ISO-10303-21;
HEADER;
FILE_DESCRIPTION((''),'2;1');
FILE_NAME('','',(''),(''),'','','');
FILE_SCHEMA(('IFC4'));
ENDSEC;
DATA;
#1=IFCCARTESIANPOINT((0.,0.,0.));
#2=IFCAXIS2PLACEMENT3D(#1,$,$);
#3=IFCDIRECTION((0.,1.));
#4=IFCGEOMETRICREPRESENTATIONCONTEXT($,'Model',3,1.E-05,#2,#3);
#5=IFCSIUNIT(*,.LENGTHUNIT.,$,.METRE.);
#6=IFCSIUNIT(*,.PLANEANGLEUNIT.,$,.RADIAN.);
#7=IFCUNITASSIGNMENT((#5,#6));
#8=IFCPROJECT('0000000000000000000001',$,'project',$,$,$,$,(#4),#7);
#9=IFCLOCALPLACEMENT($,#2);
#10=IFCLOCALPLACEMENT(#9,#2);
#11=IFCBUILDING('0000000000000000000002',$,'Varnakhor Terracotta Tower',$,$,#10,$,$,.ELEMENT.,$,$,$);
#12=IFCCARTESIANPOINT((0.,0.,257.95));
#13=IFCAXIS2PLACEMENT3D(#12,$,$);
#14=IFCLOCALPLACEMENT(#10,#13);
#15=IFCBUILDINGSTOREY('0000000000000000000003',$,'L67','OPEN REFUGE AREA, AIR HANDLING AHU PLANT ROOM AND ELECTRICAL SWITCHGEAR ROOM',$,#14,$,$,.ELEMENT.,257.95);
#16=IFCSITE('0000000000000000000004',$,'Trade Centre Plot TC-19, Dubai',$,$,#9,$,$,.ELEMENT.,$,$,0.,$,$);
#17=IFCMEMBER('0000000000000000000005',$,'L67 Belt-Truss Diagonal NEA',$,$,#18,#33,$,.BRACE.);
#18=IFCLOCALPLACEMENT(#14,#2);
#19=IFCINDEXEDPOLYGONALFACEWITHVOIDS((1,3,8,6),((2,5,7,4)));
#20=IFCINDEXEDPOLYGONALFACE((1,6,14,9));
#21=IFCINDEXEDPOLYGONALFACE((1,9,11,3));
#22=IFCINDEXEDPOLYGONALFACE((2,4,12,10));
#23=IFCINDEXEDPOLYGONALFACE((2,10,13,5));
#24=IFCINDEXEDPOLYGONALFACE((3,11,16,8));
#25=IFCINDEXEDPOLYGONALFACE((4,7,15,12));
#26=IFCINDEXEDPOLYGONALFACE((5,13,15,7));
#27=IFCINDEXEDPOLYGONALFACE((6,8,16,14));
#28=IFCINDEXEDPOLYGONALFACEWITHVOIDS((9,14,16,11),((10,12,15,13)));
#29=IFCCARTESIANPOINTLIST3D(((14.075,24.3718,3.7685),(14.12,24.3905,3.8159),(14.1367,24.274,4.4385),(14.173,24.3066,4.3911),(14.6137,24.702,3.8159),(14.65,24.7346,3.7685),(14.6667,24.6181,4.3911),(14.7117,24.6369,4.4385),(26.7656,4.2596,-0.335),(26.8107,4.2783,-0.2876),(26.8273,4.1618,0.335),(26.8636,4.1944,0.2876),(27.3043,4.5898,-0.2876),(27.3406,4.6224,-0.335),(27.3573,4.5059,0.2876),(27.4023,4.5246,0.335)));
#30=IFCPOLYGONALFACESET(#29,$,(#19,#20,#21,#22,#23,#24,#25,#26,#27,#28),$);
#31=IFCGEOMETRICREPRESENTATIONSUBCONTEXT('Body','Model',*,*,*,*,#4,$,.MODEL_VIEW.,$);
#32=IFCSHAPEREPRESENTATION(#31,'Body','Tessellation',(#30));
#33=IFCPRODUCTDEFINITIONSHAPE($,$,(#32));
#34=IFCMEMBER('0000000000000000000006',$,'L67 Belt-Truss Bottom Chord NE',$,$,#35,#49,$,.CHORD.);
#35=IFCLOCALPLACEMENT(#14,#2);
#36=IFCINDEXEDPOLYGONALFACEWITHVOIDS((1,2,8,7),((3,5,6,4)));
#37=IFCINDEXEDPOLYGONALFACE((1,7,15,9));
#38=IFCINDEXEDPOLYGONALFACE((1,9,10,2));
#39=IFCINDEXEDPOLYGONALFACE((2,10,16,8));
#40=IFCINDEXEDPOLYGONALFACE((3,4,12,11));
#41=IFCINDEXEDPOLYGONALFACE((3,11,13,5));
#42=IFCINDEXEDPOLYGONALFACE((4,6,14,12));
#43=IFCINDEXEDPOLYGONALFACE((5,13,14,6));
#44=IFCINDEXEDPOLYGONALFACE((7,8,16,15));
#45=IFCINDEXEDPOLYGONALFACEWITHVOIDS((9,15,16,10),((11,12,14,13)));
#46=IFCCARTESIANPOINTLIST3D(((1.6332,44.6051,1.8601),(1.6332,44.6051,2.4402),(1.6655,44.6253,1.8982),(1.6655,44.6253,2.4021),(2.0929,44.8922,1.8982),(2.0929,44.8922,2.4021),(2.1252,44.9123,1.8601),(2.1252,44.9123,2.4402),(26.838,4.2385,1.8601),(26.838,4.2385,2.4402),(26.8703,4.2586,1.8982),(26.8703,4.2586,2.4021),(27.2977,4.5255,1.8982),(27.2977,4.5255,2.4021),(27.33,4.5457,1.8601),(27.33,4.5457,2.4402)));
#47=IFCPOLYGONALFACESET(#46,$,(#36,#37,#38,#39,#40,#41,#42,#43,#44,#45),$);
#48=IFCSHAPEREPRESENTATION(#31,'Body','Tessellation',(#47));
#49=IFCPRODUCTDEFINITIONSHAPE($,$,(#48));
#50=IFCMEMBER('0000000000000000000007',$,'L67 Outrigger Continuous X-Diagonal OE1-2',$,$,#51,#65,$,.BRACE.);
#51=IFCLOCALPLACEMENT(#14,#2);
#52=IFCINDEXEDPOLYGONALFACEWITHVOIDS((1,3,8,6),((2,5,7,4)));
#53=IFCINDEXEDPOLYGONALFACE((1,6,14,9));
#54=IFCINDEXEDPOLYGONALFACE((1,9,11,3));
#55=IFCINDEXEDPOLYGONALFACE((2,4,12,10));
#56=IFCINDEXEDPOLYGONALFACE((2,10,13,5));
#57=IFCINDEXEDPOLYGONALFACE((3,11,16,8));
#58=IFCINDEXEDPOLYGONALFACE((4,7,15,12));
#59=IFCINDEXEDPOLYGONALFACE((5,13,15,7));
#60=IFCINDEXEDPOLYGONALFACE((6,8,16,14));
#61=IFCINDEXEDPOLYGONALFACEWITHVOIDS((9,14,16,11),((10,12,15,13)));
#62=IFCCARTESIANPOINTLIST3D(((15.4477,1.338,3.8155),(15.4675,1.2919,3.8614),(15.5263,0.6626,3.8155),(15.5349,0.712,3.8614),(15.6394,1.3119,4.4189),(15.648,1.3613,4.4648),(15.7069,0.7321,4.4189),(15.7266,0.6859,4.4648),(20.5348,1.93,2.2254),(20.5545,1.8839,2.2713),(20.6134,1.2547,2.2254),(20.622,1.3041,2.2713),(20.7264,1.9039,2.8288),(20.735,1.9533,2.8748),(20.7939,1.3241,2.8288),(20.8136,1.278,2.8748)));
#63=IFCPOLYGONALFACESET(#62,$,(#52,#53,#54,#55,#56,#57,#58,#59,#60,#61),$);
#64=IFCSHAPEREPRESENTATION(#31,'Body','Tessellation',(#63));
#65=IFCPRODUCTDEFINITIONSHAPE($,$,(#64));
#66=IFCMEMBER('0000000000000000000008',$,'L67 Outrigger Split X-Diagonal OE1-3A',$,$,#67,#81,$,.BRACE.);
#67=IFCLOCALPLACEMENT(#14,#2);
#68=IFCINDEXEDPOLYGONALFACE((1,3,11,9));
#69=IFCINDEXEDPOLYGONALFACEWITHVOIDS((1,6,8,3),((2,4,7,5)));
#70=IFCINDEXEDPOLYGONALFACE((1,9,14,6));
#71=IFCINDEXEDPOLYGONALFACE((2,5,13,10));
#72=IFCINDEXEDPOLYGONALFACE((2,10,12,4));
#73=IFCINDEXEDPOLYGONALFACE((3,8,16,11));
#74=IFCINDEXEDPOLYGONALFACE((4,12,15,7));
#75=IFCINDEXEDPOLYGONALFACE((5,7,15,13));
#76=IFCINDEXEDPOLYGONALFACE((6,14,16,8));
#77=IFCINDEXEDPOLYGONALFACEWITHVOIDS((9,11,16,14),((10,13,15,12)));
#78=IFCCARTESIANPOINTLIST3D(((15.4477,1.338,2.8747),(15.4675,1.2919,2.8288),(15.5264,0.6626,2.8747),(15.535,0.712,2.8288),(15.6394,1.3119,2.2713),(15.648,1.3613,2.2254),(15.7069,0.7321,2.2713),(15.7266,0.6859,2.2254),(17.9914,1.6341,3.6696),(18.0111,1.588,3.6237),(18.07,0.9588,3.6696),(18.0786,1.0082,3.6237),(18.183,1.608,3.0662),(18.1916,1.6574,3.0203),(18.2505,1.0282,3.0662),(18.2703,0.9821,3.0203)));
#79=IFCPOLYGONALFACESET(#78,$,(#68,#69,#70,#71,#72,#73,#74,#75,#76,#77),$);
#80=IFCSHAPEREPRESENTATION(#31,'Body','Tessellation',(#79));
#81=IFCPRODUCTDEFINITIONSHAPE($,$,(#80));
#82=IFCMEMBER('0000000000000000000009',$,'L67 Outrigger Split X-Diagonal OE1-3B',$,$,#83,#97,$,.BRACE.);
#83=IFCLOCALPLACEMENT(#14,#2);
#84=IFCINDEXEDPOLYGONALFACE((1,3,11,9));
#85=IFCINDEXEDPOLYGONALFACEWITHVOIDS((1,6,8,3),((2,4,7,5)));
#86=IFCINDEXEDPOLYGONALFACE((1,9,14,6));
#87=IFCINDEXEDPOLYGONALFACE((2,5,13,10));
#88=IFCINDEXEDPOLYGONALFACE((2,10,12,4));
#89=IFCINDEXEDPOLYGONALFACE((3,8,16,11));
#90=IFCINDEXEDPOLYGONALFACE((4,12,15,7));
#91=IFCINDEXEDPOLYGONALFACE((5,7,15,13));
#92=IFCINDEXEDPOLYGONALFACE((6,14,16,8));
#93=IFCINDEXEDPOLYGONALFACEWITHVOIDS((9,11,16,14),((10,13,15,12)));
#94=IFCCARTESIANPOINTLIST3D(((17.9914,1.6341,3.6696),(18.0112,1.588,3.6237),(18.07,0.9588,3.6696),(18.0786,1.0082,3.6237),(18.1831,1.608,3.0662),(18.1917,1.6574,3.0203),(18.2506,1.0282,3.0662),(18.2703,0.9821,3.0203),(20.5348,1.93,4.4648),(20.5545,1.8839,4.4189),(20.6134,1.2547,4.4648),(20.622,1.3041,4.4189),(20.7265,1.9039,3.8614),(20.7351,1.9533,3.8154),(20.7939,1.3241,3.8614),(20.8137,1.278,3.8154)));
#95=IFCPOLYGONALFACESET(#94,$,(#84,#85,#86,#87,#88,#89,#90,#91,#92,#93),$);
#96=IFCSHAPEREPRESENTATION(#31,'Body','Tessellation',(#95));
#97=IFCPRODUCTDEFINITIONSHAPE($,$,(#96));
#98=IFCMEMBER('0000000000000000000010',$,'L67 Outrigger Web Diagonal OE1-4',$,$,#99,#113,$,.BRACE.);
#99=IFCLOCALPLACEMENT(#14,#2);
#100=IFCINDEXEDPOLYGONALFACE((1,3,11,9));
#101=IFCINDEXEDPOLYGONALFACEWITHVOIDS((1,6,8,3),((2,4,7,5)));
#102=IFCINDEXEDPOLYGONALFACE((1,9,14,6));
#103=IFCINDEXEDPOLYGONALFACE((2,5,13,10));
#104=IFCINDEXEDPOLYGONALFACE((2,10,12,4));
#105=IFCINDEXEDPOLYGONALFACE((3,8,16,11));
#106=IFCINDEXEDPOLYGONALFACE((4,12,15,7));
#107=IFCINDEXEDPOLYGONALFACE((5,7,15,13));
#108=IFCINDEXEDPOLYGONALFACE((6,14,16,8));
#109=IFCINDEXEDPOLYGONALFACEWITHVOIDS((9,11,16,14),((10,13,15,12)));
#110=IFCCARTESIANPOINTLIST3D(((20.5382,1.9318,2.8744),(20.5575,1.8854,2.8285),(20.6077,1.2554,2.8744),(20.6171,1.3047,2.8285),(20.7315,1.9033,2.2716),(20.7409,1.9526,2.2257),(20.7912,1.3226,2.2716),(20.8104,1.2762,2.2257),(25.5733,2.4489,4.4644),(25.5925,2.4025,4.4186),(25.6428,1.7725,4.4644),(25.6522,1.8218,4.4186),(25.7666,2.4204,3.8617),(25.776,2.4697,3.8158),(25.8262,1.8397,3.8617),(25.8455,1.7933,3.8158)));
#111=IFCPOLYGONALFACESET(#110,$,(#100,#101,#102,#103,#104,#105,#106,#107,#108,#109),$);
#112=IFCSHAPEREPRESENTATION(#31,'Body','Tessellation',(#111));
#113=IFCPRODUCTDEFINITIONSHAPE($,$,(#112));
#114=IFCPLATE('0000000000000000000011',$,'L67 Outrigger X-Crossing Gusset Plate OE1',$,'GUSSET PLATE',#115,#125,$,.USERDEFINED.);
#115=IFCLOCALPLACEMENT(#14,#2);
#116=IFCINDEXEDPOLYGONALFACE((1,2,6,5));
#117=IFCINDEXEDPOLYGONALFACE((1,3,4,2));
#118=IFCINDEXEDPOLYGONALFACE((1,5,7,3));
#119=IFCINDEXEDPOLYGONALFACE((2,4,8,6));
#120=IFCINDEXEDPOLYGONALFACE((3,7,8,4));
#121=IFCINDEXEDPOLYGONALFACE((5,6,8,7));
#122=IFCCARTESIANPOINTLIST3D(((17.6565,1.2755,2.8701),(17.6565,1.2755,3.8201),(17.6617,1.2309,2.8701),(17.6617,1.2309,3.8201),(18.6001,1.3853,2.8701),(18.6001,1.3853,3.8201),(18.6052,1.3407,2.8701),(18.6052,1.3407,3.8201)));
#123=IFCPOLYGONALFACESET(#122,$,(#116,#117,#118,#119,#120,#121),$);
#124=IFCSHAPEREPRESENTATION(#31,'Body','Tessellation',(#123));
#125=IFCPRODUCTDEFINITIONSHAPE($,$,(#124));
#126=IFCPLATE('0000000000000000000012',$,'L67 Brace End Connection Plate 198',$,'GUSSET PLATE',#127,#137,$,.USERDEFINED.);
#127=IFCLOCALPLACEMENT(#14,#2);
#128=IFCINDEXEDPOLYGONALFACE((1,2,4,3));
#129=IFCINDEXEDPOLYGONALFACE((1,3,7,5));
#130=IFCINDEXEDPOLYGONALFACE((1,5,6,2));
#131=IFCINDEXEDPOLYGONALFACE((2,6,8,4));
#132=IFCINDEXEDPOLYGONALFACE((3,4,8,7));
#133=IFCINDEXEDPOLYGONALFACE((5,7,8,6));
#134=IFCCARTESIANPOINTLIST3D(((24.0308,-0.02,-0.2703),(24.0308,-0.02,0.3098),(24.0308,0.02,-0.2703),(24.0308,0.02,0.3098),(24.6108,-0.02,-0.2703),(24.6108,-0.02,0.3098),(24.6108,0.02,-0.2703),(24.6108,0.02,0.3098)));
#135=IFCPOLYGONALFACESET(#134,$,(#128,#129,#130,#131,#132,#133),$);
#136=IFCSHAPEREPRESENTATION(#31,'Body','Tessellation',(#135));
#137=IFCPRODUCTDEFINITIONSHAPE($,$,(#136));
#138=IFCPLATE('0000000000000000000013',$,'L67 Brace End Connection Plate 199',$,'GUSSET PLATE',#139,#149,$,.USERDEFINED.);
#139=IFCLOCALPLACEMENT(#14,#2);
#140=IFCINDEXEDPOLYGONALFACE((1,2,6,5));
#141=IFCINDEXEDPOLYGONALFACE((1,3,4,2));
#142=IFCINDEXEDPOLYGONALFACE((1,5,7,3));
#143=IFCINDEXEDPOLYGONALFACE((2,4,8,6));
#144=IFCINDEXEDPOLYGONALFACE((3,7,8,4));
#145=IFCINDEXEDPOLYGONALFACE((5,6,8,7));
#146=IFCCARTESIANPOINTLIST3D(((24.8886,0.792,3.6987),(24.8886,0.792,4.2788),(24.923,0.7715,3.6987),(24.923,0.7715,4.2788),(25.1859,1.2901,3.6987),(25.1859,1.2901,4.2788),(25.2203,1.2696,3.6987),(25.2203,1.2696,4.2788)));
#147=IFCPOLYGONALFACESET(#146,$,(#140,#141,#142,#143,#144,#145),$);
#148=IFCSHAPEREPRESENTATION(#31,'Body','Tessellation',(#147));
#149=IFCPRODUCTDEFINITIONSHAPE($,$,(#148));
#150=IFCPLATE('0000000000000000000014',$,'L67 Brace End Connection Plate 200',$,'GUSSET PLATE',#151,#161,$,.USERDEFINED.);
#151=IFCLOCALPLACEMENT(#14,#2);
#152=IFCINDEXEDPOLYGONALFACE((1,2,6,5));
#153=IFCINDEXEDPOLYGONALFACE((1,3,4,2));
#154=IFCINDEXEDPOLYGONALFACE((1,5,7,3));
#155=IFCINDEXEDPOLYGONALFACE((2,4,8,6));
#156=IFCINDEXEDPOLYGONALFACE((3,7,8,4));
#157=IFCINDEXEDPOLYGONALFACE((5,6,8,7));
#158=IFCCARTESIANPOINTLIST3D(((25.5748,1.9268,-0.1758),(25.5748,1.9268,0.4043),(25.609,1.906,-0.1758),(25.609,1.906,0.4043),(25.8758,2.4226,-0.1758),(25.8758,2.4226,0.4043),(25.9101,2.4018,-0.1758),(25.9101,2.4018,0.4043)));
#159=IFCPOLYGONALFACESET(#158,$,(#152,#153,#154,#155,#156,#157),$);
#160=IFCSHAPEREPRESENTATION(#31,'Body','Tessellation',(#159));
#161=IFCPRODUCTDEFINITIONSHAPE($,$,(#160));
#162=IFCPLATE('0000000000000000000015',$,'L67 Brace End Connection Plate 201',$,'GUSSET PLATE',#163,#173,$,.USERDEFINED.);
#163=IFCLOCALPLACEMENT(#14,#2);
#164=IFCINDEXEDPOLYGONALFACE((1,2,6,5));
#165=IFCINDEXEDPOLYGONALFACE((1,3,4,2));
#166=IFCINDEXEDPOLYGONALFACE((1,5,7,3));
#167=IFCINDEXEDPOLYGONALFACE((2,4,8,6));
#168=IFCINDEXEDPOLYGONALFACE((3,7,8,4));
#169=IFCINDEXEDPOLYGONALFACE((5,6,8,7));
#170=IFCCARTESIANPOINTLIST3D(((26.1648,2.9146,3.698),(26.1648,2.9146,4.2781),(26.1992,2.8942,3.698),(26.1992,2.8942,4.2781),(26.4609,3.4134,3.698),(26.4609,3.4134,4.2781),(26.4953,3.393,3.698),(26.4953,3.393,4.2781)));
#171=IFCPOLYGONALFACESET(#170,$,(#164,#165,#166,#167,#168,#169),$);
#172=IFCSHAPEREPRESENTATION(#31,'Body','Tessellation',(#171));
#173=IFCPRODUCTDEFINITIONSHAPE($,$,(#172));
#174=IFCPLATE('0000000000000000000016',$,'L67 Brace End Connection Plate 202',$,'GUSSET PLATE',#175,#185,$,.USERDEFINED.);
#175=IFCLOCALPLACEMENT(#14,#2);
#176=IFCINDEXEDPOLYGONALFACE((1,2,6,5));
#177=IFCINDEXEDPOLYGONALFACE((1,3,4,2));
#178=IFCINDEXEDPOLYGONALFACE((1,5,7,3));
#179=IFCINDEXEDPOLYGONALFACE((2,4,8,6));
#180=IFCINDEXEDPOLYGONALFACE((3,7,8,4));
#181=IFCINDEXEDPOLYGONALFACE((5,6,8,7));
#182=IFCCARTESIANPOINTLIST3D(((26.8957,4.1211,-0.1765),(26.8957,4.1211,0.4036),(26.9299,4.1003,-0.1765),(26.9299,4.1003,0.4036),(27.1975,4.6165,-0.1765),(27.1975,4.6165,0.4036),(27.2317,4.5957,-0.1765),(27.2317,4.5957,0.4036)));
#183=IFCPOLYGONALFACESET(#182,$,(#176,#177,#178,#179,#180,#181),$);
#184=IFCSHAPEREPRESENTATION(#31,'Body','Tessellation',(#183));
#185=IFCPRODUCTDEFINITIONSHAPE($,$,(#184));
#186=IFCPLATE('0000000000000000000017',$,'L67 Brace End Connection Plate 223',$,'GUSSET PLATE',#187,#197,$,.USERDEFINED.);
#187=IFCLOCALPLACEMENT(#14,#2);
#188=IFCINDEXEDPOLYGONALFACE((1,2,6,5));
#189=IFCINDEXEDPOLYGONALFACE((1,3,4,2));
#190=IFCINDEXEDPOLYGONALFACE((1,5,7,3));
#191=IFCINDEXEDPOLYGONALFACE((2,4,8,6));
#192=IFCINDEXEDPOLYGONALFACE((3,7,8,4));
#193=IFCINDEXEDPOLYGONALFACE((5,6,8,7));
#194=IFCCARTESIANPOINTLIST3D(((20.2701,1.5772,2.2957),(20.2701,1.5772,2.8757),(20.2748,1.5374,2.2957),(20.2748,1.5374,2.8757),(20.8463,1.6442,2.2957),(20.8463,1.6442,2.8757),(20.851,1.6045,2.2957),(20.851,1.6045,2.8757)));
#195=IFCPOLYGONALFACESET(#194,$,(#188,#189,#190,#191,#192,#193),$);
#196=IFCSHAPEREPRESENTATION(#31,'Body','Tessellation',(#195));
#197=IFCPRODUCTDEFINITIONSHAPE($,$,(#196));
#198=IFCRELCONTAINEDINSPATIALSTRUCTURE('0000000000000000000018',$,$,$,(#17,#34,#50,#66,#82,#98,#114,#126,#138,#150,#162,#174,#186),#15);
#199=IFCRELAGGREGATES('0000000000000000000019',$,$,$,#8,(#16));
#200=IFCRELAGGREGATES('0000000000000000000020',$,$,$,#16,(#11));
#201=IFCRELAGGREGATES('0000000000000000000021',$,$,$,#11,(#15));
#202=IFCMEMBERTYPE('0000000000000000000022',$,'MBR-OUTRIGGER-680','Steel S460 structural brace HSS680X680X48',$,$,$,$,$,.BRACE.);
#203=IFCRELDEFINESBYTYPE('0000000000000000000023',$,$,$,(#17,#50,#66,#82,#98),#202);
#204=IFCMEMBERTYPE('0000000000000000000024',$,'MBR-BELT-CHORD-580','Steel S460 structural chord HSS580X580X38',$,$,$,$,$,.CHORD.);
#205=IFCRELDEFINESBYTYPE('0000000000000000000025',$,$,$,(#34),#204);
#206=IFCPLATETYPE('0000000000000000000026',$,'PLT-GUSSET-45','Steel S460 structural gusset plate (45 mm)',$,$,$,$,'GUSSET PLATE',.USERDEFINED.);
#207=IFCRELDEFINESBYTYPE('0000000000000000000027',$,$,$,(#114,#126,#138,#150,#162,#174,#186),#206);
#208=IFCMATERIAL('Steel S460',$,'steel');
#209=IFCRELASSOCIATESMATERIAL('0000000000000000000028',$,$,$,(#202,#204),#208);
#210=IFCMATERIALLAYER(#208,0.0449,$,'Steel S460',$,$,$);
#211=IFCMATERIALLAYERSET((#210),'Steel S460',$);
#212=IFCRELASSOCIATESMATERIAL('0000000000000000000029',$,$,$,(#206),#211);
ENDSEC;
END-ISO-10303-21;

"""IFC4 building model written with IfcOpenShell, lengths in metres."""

from ifc_helpers import new_model, si_unit, direction, frame, origin, origin_2d, place, context, subcontext, project, spatial, rectangle, hollow_rectangle, extrude, source, transform, mapped, material, layer, layer_set, material_profile, profile_set, type_object, type_shapes, element, save


model = new_model("IFC4")

# Units and contexts
model_context = context("Model", 3, precision=1e-05, world=origin(), true_north=direction((0.0, 1.0)))
body_context = subcontext(model_context, "Body", "Model", "MODEL_VIEW")
ifc_project = project(units=[si_unit("LENGTHUNIT", "METRE"), si_unit("PLANEANGLEUNIT", "RADIAN")], contexts=[model_context])

# Site, building, storey
site_placement = place(None, origin())
site = spatial("IfcSite", under=ifc_project, at=site_placement, Name="Trade Centre Plot TC-19, Dubai", CompositionType="ELEMENT", RefElevation=0.0)
building_placement = place(site_placement, origin())
building = spatial("IfcBuilding", under=site, at=building_placement, Name="Varnakhor Terracotta Tower", CompositionType="ELEMENT")
storey_placement = place(building_placement, frame((0.0, 0.0, 257.95)))
storey = spatial("IfcBuildingStorey", under=building, at=storey_placement, Name="L67", Description="OPEN REFUGE AREA, AIR HANDLING AHU PLANT ROOM AND ELECTRICAL SWITCHGEAR ROOM", CompositionType="ELEMENT", Elevation=257.95)

# Shared definitions
ifc_material_1 = material(Name="Steel S460", Category="steel")

# Members
ifc_material_profile_1 = material_profile(ifc_material_1, hollow_rectangle(XDim=0.6799, YDim=0.6799, WallThickness=0.0481, at=origin_2d()), Name="HSS680X680X48")
ifc_profile_set_1 = profile_set([ifc_material_profile_1], Name="Steel S460")
member_type_1 = type_object("IfcMemberType", Name="MBR-OUTRIGGER-680", Description="Steel S460 structural brace HSS680X680X48", PredefinedType="BRACE", material=ifc_profile_set_1)
ifc_material_profile_2 = material_profile(ifc_material_1, hollow_rectangle(XDim=0.5801, YDim=0.5801, WallThickness=0.0381, at=origin_2d()), Name="HSS580X580X38")
ifc_profile_set_2 = profile_set([ifc_material_profile_2], Name="Steel S460")
member_type_2 = type_object("IfcMemberType", Name="MBR-BELT-CHORD-580", Description="Steel S460 structural chord HSS580X580X38", PredefinedType="CHORD", material=ifc_profile_set_2)
shared_shape_1 = source(origin(), body_context, "Body", "SweptSolid", [
    extrude(hollow_rectangle(XDim=0.6799, YDim=0.6799, WallThickness=0.0481, at=origin_2d()), origin(), (0.0, 0.0, 1.0), 24.1328),
])
member_1_placement = place(storey_placement, frame((27.084, 4.3921, 0.0), z_axis=(-0.525866, 0.833398, 0.170038), x_axis=(-0.845714, -0.533637, 0.0)))
element("IfcMember", 1, at=member_1_placement, inside=storey, type_object=member_type_1, Name="L67 Belt-Truss Diagonal NEA", PredefinedType="BRACE", context=body_context, shape_type="MappedRepresentation", body=[
    mapped(shared_shape_1, transform((0.0, 0.0, 0.0), scale=1.0)),
])
shared_shape_2 = source(origin(), body_context, "Body", "SweptSolid", [
    extrude(hollow_rectangle(XDim=0.5801, YDim=0.5801, WallThickness=0.0381, at=origin_2d()), origin(), (0.0, 0.0, 1.0), 47.5894),
])
member_2_placement = place(storey_placement, frame((27.084, 4.3921, 2.1501), z_axis=(-0.529631, 0.848228, 0.0), x_axis=(-0.848228, -0.529631, 0.0)))
element("IfcMember", 2, at=member_2_placement, inside=storey, type_object=member_type_2, Name="L67 Belt-Truss Bottom Chord NE", PredefinedType="CHORD", context=body_context, shape_type="MappedRepresentation", body=[
    mapped(shared_shape_2, transform((0.0, 0.0, 0.0), scale=1.0)),
])
shared_shape_3 = source(origin(), body_context, "Body", "SweptSolid", [
    extrude(hollow_rectangle(XDim=0.6799, YDim=0.6799, WallThickness=0.0481, at=origin_2d()), origin(), (0.0, 0.0, 1.0), 5.3625),
])
member_3_placement = place(storey_placement, frame((15.5872, 1.012, 4.1401), z_axis=(0.948627, 0.110401, -0.296511), x_axis=(-0.115599, 0.993296, 0.0)))
element("IfcMember", 3, at=member_3_placement, inside=storey, type_object=member_type_1, Name="L67 Outrigger Continuous X-Diagonal OE1-2", PredefinedType="BRACE", context=body_context, shape_type="MappedRepresentation", body=[
    mapped(shared_shape_3, transform((0.0, 0.0, 0.0), scale=1.0)),
])
shared_shape_4 = source(origin(), body_context, "Body", "SweptSolid", [
    extrude(hollow_rectangle(XDim=0.6799, YDim=0.6799, WallThickness=0.0481, at=origin_2d()), origin(), (0.0, 0.0, 1.0), 2.6814),
])
member_4_placement = place(storey_placement, frame((15.5872, 1.012, 2.55), z_axis=(0.948639, 0.110442, 0.296455), x_axis=(-0.115641, 0.993291, 0.0)))
element("IfcMember", 4, at=member_4_placement, inside=storey, type_object=member_type_1, Name="L67 Outrigger Split X-Diagonal OE1-3A", PredefinedType="BRACE", context=body_context, shape_type="MappedRepresentation", body=[
    mapped(shared_shape_4, transform((0.0, 0.0, 0.0), scale=1.0)),
])
shared_shape_5 = source(origin(), body_context, "Body", "SweptSolid", [
    extrude(hollow_rectangle(XDim=0.6799, YDim=0.6799, WallThickness=0.0481, at=origin_2d()), origin(), (0.0, 0.0, 1.0), 2.6812),
])
member_5_placement = place(storey_placement, frame((18.1309, 1.3081, 3.345), z_axis=(0.948614, 0.110359, 0.296567), x_axis=(-0.115558, 0.993301, 0.0)))
element("IfcMember", 5, at=member_5_placement, inside=storey, type_object=member_type_1, Name="L67 Outrigger Split X-Diagonal OE1-3B", PredefinedType="BRACE", context=body_context, shape_type="MappedRepresentation", body=[
    mapped(shared_shape_5, transform((0.0, 0.0, 0.0), scale=1.0)),
])
shared_shape_6 = source(origin(), body_context, "Body", "SweptSolid", [
    extrude(hollow_rectangle(XDim=0.6799, YDim=0.6799, WallThickness=0.0481, at=origin_2d()), origin(), (0.0, 0.0, 1.0), 5.3054),
])
member_6_placement = place(storey_placement, frame((20.6743, 1.604, 2.55), z_axis=(0.949041, 0.097463, 0.299704), x_axis=(-0.102159, 0.994768, 0.0)))
element("IfcMember", 6, at=member_6_placement, inside=storey, type_object=member_type_1, Name="L67 Outrigger Web Diagonal OE1-4", PredefinedType="BRACE", context=body_context, shape_type="MappedRepresentation", body=[
    mapped(shared_shape_6, transform((0.0, 0.0, 0.0), scale=1.0)),
])

# Plates
ifc_layer = layer(ifc_material_1, 0.0449, Name="Steel S460")
ifc_layer_set = layer_set([ifc_layer], Name="Steel S460")
plate_type = type_object("IfcPlateType", Name="PLT-GUSSET-45", Description="Steel S460 structural gusset plate (45 mm)", ElementType="GUSSET PLATE", PredefinedType="USERDEFINED", material=ifc_layer_set)
shared_shape_7 = source(origin(), body_context, "Body", "SweptSolid", [
    extrude(rectangle(XDim=0.95, YDim=0.0449, at=origin_2d()), origin(), (0.0, 0.0, 1.0), 0.95),
])
type_shapes(plate_type, [shared_shape_7])
plate_placement = place(storey_placement, frame((18.1309, 1.3081, 2.8701), z_axis=(0.0, 0.0, 1.0), x_axis=(0.993296, 0.115596, 0.0)))
element("IfcPlate", 7, at=plate_placement, inside=storey, type_object=plate_type, Name="L67 Outrigger X-Crossing Gusset Plate OE1", ObjectType="GUSSET PLATE", PredefinedType="USERDEFINED", context=body_context, shape_type="MappedRepresentation", body=[
    mapped(shared_shape_7, transform((0.0, 0.0, 0.0), scale=1.0)),
])
shared_shape_8 = source(origin(), body_context, "Body", "SweptSolid", [
    extrude(rectangle(XDim=0.5801, YDim=0.04, at=origin_2d()), origin(), (0.0, 0.0, 1.0), 0.5801),
])
for number, where, z_axis, x_axis, name in (
    (8, (24.3208, 0.0, -0.2703), (0.0, 0.0, 1.0), (-1.0, 0.0, 0.0), "L67 Brace End Connection Plate 198"),
    (9, (25.0544, 1.0308, 3.6987), (0.0, 0.0, 1.0), (0.512523, 0.858674, 0.0), "L67 Brace End Connection Plate 199"),
    (10, (25.7424, 2.1643, -0.1758), (0.0, 0.0, 1.0), (-0.518967, -0.854794, 0.0), "L67 Brace End Connection Plate 200"),
    (11, (26.3301, 3.1538, 3.698), (0.0, 0.0, 1.0), (0.510453, 0.859906, 0.0), "L67 Brace End Connection Plate 201"),
    (12, (27.0637, 4.3584, -0.1765), (0.0, 0.0, 1.0), (-0.52025, -0.854014, 0.0), "L67 Brace End Connection Plate 202"),
    (13, (20.5605, 1.5908, 2.2957), (0.0, 0.0, 1.0), (0.993296, 0.115596, 0.0), "L67 Brace End Connection Plate 223"),
):
    element("IfcPlate", number, at=place(storey_placement, frame(where, z_axis=z_axis, x_axis=x_axis)), inside=storey, type_object=plate_type, Name=name, ObjectType="GUSSET PLATE", PredefinedType="USERDEFINED", context=body_context, shape_type="MappedRepresentation", body=[
        mapped(shared_shape_8, transform((0.0, 0.0, 0.0), scale=1.0)),
    ])

save(model, "model.ifc")
